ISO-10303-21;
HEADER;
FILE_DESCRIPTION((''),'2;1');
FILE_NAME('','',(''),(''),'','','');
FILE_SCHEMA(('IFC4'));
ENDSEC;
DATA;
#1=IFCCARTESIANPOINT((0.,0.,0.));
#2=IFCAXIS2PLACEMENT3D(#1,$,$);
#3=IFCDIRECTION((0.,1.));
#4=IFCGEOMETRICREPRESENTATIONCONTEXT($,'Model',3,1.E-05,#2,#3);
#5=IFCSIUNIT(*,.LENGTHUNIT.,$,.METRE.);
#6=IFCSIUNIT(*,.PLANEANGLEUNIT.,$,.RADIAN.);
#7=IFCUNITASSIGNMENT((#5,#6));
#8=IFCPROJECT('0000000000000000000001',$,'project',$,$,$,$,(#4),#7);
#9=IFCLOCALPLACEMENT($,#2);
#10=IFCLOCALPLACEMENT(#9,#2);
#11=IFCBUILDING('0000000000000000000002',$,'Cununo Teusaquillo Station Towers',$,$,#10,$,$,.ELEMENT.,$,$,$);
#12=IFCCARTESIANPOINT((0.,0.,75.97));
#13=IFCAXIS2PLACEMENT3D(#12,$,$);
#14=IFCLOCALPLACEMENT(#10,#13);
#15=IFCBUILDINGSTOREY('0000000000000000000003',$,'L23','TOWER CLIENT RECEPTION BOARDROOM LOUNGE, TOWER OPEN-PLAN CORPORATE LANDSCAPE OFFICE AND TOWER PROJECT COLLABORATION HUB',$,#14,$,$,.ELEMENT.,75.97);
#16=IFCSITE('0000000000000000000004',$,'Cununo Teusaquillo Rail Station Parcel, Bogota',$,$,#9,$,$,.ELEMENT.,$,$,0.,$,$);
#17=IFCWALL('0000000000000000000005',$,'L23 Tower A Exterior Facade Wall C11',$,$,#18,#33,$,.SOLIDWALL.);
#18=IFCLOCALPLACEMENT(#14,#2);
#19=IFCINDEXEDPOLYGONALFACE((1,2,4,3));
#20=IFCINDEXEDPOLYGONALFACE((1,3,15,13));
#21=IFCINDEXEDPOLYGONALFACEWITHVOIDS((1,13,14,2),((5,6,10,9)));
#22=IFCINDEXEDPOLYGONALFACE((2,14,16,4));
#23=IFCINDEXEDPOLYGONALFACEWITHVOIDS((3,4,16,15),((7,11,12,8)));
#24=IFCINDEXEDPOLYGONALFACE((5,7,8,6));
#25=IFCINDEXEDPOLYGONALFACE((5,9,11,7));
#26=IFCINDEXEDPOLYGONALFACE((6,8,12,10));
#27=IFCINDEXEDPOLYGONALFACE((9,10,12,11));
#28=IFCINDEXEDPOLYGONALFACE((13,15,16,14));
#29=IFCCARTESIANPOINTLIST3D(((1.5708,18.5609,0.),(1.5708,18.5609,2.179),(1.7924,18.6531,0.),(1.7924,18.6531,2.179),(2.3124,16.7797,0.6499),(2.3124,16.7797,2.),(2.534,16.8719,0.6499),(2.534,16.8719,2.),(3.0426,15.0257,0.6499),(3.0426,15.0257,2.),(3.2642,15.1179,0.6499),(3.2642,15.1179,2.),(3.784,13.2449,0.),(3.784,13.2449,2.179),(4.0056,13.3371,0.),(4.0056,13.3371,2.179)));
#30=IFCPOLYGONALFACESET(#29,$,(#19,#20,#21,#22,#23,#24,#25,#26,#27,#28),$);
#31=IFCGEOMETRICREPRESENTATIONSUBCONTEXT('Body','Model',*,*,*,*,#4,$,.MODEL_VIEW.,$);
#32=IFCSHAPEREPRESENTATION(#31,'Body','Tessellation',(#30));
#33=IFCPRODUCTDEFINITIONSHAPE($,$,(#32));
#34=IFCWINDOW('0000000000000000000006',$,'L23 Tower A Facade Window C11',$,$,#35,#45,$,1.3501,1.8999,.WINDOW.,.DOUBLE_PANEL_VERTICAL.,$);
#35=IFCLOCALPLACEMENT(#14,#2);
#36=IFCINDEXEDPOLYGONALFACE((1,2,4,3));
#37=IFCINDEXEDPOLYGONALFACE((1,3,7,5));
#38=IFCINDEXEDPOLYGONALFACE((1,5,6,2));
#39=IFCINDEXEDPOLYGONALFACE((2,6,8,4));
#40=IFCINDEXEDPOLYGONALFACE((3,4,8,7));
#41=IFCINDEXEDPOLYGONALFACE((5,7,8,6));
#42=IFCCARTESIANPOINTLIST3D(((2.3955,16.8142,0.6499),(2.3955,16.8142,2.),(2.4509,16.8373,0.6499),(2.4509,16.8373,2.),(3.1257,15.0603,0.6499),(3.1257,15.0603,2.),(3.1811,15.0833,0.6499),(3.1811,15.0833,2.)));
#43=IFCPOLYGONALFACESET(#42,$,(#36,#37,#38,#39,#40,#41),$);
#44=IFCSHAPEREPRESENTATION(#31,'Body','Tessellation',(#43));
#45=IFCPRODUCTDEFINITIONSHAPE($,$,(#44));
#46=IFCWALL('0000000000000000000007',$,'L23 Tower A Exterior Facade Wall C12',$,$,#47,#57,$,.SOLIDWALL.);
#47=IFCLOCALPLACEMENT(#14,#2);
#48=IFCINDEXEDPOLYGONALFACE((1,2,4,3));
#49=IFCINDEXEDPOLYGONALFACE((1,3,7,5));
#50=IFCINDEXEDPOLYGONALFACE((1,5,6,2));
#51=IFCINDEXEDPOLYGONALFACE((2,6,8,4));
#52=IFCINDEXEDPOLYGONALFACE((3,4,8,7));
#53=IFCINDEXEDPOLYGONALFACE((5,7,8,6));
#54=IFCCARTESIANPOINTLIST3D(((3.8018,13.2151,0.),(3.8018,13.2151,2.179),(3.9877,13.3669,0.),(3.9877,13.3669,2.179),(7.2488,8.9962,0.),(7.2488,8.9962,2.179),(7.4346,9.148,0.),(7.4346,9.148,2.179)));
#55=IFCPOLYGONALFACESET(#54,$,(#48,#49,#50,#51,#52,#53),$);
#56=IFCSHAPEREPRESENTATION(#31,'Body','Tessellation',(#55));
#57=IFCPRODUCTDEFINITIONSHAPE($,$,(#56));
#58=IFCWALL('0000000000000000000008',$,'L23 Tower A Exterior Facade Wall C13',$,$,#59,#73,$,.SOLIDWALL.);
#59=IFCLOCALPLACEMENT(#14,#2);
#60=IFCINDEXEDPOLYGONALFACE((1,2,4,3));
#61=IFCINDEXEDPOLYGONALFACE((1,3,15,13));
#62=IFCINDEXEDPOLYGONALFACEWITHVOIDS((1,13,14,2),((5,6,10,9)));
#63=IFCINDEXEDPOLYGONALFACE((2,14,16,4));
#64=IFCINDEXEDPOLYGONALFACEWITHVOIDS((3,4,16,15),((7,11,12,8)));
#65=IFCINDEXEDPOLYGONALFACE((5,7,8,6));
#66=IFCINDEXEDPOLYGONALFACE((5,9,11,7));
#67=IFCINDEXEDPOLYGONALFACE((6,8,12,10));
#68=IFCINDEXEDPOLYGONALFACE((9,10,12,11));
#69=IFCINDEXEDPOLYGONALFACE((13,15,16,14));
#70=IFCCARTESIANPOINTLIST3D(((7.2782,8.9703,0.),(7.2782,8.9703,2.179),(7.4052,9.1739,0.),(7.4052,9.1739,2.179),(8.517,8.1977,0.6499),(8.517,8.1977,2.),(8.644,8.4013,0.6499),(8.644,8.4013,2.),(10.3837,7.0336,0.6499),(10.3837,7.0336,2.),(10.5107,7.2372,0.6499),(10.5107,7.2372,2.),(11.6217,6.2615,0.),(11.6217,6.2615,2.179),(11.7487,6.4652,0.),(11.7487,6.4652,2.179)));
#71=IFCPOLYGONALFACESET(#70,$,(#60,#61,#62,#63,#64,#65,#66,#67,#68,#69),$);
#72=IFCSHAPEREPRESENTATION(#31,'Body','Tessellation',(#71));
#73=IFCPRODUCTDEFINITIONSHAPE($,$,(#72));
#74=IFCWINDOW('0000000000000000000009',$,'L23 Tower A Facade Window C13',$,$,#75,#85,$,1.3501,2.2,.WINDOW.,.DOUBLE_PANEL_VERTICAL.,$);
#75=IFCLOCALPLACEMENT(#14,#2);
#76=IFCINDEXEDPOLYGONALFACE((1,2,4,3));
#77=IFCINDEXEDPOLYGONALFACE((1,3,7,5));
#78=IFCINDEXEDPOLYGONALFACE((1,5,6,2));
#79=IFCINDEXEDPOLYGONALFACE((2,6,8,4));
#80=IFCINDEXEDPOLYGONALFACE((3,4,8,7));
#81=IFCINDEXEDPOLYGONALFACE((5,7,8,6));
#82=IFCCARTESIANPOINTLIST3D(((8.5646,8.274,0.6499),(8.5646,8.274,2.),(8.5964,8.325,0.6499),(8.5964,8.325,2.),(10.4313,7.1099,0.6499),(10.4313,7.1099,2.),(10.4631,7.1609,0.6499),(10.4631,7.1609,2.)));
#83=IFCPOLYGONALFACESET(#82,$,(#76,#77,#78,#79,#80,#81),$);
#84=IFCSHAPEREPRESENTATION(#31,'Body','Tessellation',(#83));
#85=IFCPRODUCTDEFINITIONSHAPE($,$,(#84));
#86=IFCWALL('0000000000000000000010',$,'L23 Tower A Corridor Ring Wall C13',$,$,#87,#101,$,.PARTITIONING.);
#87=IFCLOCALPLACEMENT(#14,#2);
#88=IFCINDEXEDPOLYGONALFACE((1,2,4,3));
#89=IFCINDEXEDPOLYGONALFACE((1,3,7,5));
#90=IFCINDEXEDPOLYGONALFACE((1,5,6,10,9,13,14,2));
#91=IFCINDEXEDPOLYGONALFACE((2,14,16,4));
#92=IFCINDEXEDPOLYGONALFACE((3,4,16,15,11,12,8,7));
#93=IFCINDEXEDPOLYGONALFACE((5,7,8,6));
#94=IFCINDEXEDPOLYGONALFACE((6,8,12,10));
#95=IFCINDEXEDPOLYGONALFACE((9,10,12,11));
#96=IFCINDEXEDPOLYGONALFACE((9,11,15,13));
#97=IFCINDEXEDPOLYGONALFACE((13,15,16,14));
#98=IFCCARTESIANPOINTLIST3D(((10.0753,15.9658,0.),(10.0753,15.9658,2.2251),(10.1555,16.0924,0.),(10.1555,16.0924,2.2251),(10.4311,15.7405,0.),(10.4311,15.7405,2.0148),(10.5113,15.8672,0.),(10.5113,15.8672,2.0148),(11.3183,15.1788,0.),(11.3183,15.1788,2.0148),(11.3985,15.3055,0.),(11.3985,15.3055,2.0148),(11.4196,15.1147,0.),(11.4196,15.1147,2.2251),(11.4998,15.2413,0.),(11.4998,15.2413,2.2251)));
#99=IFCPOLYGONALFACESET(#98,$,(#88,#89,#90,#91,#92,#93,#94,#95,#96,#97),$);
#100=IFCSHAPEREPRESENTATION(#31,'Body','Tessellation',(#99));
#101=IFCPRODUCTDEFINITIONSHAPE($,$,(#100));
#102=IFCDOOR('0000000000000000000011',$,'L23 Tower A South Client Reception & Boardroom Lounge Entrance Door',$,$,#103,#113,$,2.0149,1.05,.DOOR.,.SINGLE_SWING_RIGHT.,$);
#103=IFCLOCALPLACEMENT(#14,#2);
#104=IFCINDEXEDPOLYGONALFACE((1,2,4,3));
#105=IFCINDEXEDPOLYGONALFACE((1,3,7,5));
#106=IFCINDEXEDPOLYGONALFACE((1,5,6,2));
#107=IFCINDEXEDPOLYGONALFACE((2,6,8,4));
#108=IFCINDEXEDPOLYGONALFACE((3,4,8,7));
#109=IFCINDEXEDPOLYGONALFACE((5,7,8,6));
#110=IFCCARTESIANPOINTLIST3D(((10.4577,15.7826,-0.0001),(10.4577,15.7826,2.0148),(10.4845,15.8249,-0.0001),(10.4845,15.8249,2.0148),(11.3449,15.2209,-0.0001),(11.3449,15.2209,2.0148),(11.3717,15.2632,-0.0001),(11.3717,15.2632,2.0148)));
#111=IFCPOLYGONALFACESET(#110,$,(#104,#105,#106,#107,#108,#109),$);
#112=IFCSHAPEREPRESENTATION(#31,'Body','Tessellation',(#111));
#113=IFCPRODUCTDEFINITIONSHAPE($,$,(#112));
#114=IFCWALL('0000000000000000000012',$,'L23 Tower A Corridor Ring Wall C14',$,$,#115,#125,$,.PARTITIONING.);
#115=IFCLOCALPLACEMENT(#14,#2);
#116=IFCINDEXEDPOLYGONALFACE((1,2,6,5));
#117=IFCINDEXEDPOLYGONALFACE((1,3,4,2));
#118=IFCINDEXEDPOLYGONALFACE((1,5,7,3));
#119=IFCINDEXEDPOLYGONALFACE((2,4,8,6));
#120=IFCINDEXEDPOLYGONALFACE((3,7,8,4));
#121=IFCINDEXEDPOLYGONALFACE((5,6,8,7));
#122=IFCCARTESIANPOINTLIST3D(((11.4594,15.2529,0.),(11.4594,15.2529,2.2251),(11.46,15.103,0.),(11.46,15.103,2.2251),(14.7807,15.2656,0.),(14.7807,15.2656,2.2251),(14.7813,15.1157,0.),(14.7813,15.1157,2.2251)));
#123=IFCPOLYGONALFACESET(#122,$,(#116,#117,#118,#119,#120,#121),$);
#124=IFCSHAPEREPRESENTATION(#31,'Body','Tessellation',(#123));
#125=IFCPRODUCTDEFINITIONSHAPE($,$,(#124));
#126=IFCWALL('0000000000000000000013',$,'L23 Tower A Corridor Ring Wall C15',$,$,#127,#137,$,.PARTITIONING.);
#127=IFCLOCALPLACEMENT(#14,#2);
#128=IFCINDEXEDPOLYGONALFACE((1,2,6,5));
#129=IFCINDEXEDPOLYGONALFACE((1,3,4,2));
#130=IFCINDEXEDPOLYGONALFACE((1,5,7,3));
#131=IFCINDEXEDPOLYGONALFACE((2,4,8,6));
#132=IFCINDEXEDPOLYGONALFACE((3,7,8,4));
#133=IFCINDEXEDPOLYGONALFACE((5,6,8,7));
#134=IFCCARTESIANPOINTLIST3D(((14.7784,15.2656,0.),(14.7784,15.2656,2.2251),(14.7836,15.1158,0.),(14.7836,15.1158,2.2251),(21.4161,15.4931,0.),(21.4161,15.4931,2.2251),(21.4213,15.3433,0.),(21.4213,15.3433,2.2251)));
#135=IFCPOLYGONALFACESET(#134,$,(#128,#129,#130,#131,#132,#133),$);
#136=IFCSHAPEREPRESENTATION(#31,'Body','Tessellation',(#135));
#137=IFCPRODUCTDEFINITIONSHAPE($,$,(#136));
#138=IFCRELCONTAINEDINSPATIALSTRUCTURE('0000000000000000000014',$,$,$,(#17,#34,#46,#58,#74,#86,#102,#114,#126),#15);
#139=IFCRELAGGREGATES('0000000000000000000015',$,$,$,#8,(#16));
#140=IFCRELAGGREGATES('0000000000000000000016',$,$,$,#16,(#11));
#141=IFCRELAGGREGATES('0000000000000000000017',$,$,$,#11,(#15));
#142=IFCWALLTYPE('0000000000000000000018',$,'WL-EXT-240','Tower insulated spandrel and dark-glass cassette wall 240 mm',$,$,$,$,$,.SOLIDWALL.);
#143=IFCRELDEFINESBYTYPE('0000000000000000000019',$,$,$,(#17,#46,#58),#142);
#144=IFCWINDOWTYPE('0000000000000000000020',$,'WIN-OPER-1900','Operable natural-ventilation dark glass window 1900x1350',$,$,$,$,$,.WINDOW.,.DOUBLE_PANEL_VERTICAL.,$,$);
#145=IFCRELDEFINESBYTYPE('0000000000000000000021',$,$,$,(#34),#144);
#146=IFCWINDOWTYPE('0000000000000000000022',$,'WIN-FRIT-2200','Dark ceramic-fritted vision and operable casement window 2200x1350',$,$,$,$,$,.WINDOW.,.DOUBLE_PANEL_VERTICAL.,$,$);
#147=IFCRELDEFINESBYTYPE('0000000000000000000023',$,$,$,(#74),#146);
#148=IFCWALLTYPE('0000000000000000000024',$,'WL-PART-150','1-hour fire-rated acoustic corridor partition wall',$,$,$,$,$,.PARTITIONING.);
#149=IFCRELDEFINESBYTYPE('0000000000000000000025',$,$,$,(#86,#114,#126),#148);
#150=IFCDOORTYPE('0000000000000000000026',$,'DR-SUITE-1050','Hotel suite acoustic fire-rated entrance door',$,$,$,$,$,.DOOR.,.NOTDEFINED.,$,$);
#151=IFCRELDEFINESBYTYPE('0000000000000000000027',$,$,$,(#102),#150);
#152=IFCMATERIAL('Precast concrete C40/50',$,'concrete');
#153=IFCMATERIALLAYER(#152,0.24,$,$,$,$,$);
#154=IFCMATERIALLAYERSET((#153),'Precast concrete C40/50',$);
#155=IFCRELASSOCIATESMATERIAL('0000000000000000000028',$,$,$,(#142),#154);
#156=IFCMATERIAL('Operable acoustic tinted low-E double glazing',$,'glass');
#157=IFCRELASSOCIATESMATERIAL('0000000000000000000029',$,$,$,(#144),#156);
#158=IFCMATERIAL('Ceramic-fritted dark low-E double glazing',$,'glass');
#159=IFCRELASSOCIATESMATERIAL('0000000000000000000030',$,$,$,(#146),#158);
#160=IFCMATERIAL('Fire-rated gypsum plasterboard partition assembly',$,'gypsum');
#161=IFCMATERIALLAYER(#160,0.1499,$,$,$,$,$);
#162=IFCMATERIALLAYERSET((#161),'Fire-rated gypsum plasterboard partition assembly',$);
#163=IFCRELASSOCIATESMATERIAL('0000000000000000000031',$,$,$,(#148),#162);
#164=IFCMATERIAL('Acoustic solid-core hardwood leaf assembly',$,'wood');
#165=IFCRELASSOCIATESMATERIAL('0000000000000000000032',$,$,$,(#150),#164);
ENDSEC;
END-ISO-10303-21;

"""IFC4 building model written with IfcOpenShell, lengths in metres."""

from ifc_helpers import new_model, si_unit, direction, frame, frame_2d, origin, place, context, subcontext, project, spatial, rectangle, extrude, source, transform, mapped, material, layer, layer_set, type_object, element, fill, save


model = new_model("IFC4")

# Units and contexts
model_context = context("Model", 3, precision=1e-05, world=origin(), true_north=direction((0.0, 1.0)))
body_context = subcontext(model_context, "Body", "Model", "MODEL_VIEW")
ifc_project = project(units=[si_unit("LENGTHUNIT", "METRE"), si_unit("PLANEANGLEUNIT", "RADIAN")], contexts=[model_context])

# Site, building, storey
site_placement = place(None, origin())
site = spatial("IfcSite", under=ifc_project, at=site_placement, Name="Cununo Teusaquillo Rail Station Parcel, Bogota", CompositionType="ELEMENT", RefElevation=0.0)
building_placement = place(site_placement, origin())
building = spatial("IfcBuilding", under=site, at=building_placement, Name="Cununo Teusaquillo Station Towers", CompositionType="ELEMENT")
storey_placement = place(building_placement, frame((0.0, 0.0, 75.97)))
storey = spatial("IfcBuildingStorey", under=building, at=storey_placement, Name="L23", Description="TOWER CLIENT RECEPTION BOARDROOM LOUNGE, TOWER OPEN-PLAN CORPORATE LANDSCAPE OFFICE AND TOWER PROJECT COLLABORATION HUB", CompositionType="ELEMENT", Elevation=75.97)

# Wall, opening, window
ifc_material_1 = material(Name="Precast concrete C40/50", Category="concrete")
ifc_layer_1 = layer(ifc_material_1, 0.24)
ifc_layer_set_1 = layer_set([ifc_layer_1], Name="Precast concrete C40/50")
wall_type_1 = type_object("IfcWallType", Name="WL-EXT-240", Description="Tower insulated spandrel and dark-glass cassette wall 240 mm", PredefinedType="SOLIDWALL", material=ifc_layer_set_1)
wall_1_placement = place(storey_placement, frame((3.8948, 13.291, 0.0), z_axis=(0.0, 0.0, 1.0), x_axis=(-0.384344, 0.92319, 0.0)))
wall_1 = element("IfcWall", 1, at=wall_1_placement, inside=storey, type_object=wall_type_1, Name="L23 Tower A Exterior Facade Wall C11", PredefinedType="SOLIDWALL", context=body_context, shape_type="SweptSolid", body=[
    extrude(rectangle(XDim=5.7583, YDim=0.24, at=frame_2d((2.8792, 0.0))), origin(), (0.0, 0.0, 1.0), 2.179),
])
shared_shape_1 = source(origin(), body_context, "Body", "SweptSolid", [
    extrude(rectangle(XDim=1.8999, YDim=1.3501, at=frame_2d((0.95, 0.675))), frame((0.0, 0.1299, 0.0), z_axis=(0.0, -1.0, 0.0), x_axis=(1.0, 0.0, 0.0)), (0.0, 0.0, 1.0), 0.26),
])
opening_1_placement = place(wall_1_placement, frame((1.929, 0.0, 0.6499)))
opening_1 = element("IfcOpeningElement", 2, at=opening_1_placement, cuts=wall_1, PredefinedType="OPENING", context=body_context, shape_type="MappedRepresentation", body=[
    mapped(shared_shape_1, transform((0.0, 0.0, 0.0), x_axis=(1.0, 0.0, 0.0), y_axis=(0.0, 1.0, 0.0), z_axis=(0.0, 0.0, 1.0), scale=1.0)),
])
ifc_material_2 = material(Name="Operable acoustic tinted low-E double glazing", Category="glass")
window_type_1 = type_object("IfcWindowType", Name="WIN-OPER-1900", Description="Operable natural-ventilation dark glass window 1900x1350", PartitioningType="DOUBLE_PANEL_VERTICAL", PredefinedType="WINDOW", material=ifc_material_2)
shared_shape_2 = source(origin(), body_context, "Body", "SweptSolid", [
    extrude(rectangle(XDim=1.8999, YDim=1.3501, at=frame_2d((0.95, 0.675))), frame((0.0, 0.03, 0.0), z_axis=(0.0, -1.0, 0.0), x_axis=(1.0, 0.0, 0.0)), (0.0, 0.0, 1.0), 0.0601),
])
window_1_placement = place(opening_1_placement, origin())
window_1 = element("IfcWindow", 3, at=window_1_placement, inside=storey, type_object=window_type_1, Name="L23 Tower A Facade Window C11", OverallHeight=1.3501, OverallWidth=1.8999, PartitioningType="DOUBLE_PANEL_VERTICAL", PredefinedType="WINDOW", context=body_context, shape_type="MappedRepresentation", body=[
    mapped(shared_shape_2, transform((0.0, 0.0, 0.0), x_axis=(1.0, 0.0, 0.0), y_axis=(0.0, 1.0, 0.0), z_axis=(0.0, 0.0, 1.0), scale=1.0)),
])
fill(opening_1, window_1)

# Wall
wall_2_placement = place(storey_placement, frame((7.3418, 9.072, 0.0), z_axis=(0.0, 0.0, 1.0), x_axis=(-0.632701, 0.774396, 0.0)))
element("IfcWall", 4, at=wall_2_placement, inside=storey, type_object=wall_type_1, Name="L23 Tower A Exterior Facade Wall C12", PredefinedType="SOLIDWALL", context=body_context, shape_type="SweptSolid", body=[
    extrude(rectangle(XDim=5.448, YDim=0.24, at=frame_2d((2.7241, 0.0))), origin(), (0.0, 0.0, 1.0), 2.179),
])

# Wall, opening, window
wall_3_placement = place(storey_placement, frame((11.6853, 6.3633, 0.0), z_axis=(0.0, 0.0, 1.0), x_axis=(-0.84852, 0.529163, 0.0)))
wall_3 = element("IfcWall", 5, at=wall_3_placement, inside=storey, type_object=wall_type_1, Name="L23 Tower A Exterior Facade Wall C13", PredefinedType="SOLIDWALL", context=body_context, shape_type="SweptSolid", body=[
    extrude(rectangle(XDim=5.1189, YDim=0.24, at=frame_2d((2.5596, 0.0))), origin(), (0.0, 0.0, 1.0), 2.179),
])
shared_shape_3 = source(origin(), body_context, "Body", "SweptSolid", [
    extrude(rectangle(XDim=2.2, YDim=1.3501, at=frame_2d((1.1001, 0.675))), frame((0.0, 0.1299, 0.0), z_axis=(0.0, -1.0, 0.0), x_axis=(1.0, 0.0, 0.0)), (0.0, 0.0, 1.0), 0.26),
])
opening_2_placement = place(wall_3_placement, frame((1.459, 0.0, 0.6499)))
opening_2 = element("IfcOpeningElement", 6, at=opening_2_placement, cuts=wall_3, PredefinedType="OPENING", context=body_context, shape_type="MappedRepresentation", body=[
    mapped(shared_shape_3, transform((0.0, 0.0, 0.0), x_axis=(1.0, 0.0, 0.0), y_axis=(0.0, 1.0, 0.0), z_axis=(0.0, 0.0, 1.0), scale=1.0)),
])
ifc_material_3 = material(Name="Ceramic-fritted dark low-E double glazing", Category="glass")
window_type_2 = type_object("IfcWindowType", Name="WIN-FRIT-2200", Description="Dark ceramic-fritted vision and operable casement window 2200x1350", PartitioningType="DOUBLE_PANEL_VERTICAL", PredefinedType="WINDOW", material=ifc_material_3)
shared_shape_4 = source(origin(), body_context, "Body", "SweptSolid", [
    extrude(rectangle(XDim=2.2, YDim=1.3501, at=frame_2d((1.1001, 0.675))), frame((0.0, 0.03, 0.0), z_axis=(0.0, -1.0, 0.0), x_axis=(1.0, 0.0, 0.0)), (0.0, 0.0, 1.0), 0.0601),
])
window_2_placement = place(opening_2_placement, origin())
window_2 = element("IfcWindow", 7, at=window_2_placement, inside=storey, type_object=window_type_2, Name="L23 Tower A Facade Window C13", OverallHeight=1.3501, OverallWidth=2.2, PartitioningType="DOUBLE_PANEL_VERTICAL", PredefinedType="WINDOW", context=body_context, shape_type="MappedRepresentation", body=[
    mapped(shared_shape_4, transform((0.0, 0.0, 0.0), x_axis=(1.0, 0.0, 0.0), y_axis=(0.0, 1.0, 0.0), z_axis=(0.0, 0.0, 1.0), scale=1.0)),
])
fill(opening_2, window_2)

# Wall, opening, door
ifc_material_4 = material(Name="Fire-rated gypsum plasterboard partition assembly", Category="gypsum")
ifc_layer_2 = layer(ifc_material_4, 0.1499)
ifc_layer_set_2 = layer_set([ifc_layer_2], Name="Fire-rated gypsum plasterboard partition assembly")
wall_type_2 = type_object("IfcWallType", Name="WL-PART-150", Description="1-hour fire-rated acoustic corridor partition wall", PredefinedType="PARTITIONING", material=ifc_layer_set_2)
wall_4_placement = place(storey_placement, frame((10.1155, 16.0291, 0.0), z_axis=(0.0, 0.0, 1.0), x_axis=(0.844898, -0.534928, 0.0)))
wall_4 = element("IfcWall", 8, at=wall_4_placement, inside=storey, type_object=wall_type_2, Name="L23 Tower A Corridor Ring Wall C13", PredefinedType="PARTITIONING", context=body_context, shape_type="SweptSolid", body=[
    extrude(rectangle(XDim=1.5911, YDim=0.1499, at=frame_2d((0.7954, 0.0))), origin(), (0.0, 0.0, 1.0), 2.2251),
])
shared_shape_5 = source(origin(), body_context, "Body", "SweptSolid", [
    extrude(rectangle(XDim=1.05, YDim=2.0149, at=frame_2d((0.5249, 1.0073))), frame((0.0, 0.085, 0.0), z_axis=(0.0, -1.0, 0.0), x_axis=(1.0, 0.0, 0.0)), (0.0, 0.0, 1.0), 0.1699),
])
opening_3_placement = place(wall_4_placement, frame((0.4211, 0.0, 0.0)))
opening_3 = element("IfcOpeningElement", 9, at=opening_3_placement, cuts=wall_4, PredefinedType="OPENING", context=body_context, shape_type="MappedRepresentation", body=[
    mapped(shared_shape_5, transform((0.0, 0.0, 0.0), x_axis=(1.0, 0.0, 0.0), y_axis=(0.0, 1.0, 0.0), z_axis=(0.0, 0.0, 1.0), scale=1.0)),
])
ifc_material_5 = material(Name="Acoustic solid-core hardwood leaf assembly", Category="wood")
door_type = type_object("IfcDoorType", Name="DR-SUITE-1050", Description="Hotel suite acoustic fire-rated entrance door", OperationType="NOTDEFINED", PredefinedType="DOOR", material=ifc_material_5)
shared_shape_6 = source(origin(), body_context, "Body", "SweptSolid", [
    extrude(rectangle(XDim=1.05, YDim=2.0149, at=frame_2d((0.5249, 1.0073))), frame((0.0, 0.0249, 0.0), z_axis=(0.0, -1.0, 0.0), x_axis=(1.0, 0.0, 0.0)), (0.0, 0.0, 1.0), 0.05),
])
door_placement = place(opening_3_placement, origin())
door = element("IfcDoor", 10, at=door_placement, inside=storey, type_object=door_type, Name="L23 Tower A South Client Reception & Boardroom Lounge Entrance Door", OperationType="SINGLE_SWING_RIGHT", OverallHeight=2.0149, OverallWidth=1.05, PredefinedType="DOOR", context=body_context, shape_type="MappedRepresentation", body=[
    mapped(shared_shape_6, transform((0.0, 0.0, 0.0), x_axis=(1.0, 0.0, 0.0), y_axis=(0.0, 1.0, 0.0), z_axis=(0.0, 0.0, 1.0), scale=1.0)),
])
fill(opening_3, door)

# Walls
wall_5_placement = place(storey_placement, frame((11.4597, 15.178, 0.0), z_axis=(0.0, 0.0, 1.0), x_axis=(0.999993, 0.003822, 0.0)))
element("IfcWall", 11, at=wall_5_placement, inside=storey, type_object=wall_type_2, Name="L23 Tower A Corridor Ring Wall C14", PredefinedType="PARTITIONING", context=body_context, shape_type="SweptSolid", body=[
    extrude(rectangle(XDim=3.3213, YDim=0.1499, at=frame_2d((1.6606, 0.0))), origin(), (0.0, 0.0, 1.0), 2.2251),
])
wall_6_placement = place(storey_placement, frame((14.781, 15.1907, 0.0), z_axis=(0.0, 0.0, 1.0), x_axis=(0.999413, 0.03426, 0.0)))
element("IfcWall", 12, at=wall_6_placement, inside=storey, type_object=wall_type_2, Name="L23 Tower A Corridor Ring Wall C15", PredefinedType="PARTITIONING", context=body_context, shape_type="SweptSolid", body=[
    extrude(rectangle(XDim=6.6416, YDim=0.1499, at=frame_2d((3.3208, 0.0))), origin(), (0.0, 0.0, 1.0), 2.2251),
])

save(model, "model.ifc")
